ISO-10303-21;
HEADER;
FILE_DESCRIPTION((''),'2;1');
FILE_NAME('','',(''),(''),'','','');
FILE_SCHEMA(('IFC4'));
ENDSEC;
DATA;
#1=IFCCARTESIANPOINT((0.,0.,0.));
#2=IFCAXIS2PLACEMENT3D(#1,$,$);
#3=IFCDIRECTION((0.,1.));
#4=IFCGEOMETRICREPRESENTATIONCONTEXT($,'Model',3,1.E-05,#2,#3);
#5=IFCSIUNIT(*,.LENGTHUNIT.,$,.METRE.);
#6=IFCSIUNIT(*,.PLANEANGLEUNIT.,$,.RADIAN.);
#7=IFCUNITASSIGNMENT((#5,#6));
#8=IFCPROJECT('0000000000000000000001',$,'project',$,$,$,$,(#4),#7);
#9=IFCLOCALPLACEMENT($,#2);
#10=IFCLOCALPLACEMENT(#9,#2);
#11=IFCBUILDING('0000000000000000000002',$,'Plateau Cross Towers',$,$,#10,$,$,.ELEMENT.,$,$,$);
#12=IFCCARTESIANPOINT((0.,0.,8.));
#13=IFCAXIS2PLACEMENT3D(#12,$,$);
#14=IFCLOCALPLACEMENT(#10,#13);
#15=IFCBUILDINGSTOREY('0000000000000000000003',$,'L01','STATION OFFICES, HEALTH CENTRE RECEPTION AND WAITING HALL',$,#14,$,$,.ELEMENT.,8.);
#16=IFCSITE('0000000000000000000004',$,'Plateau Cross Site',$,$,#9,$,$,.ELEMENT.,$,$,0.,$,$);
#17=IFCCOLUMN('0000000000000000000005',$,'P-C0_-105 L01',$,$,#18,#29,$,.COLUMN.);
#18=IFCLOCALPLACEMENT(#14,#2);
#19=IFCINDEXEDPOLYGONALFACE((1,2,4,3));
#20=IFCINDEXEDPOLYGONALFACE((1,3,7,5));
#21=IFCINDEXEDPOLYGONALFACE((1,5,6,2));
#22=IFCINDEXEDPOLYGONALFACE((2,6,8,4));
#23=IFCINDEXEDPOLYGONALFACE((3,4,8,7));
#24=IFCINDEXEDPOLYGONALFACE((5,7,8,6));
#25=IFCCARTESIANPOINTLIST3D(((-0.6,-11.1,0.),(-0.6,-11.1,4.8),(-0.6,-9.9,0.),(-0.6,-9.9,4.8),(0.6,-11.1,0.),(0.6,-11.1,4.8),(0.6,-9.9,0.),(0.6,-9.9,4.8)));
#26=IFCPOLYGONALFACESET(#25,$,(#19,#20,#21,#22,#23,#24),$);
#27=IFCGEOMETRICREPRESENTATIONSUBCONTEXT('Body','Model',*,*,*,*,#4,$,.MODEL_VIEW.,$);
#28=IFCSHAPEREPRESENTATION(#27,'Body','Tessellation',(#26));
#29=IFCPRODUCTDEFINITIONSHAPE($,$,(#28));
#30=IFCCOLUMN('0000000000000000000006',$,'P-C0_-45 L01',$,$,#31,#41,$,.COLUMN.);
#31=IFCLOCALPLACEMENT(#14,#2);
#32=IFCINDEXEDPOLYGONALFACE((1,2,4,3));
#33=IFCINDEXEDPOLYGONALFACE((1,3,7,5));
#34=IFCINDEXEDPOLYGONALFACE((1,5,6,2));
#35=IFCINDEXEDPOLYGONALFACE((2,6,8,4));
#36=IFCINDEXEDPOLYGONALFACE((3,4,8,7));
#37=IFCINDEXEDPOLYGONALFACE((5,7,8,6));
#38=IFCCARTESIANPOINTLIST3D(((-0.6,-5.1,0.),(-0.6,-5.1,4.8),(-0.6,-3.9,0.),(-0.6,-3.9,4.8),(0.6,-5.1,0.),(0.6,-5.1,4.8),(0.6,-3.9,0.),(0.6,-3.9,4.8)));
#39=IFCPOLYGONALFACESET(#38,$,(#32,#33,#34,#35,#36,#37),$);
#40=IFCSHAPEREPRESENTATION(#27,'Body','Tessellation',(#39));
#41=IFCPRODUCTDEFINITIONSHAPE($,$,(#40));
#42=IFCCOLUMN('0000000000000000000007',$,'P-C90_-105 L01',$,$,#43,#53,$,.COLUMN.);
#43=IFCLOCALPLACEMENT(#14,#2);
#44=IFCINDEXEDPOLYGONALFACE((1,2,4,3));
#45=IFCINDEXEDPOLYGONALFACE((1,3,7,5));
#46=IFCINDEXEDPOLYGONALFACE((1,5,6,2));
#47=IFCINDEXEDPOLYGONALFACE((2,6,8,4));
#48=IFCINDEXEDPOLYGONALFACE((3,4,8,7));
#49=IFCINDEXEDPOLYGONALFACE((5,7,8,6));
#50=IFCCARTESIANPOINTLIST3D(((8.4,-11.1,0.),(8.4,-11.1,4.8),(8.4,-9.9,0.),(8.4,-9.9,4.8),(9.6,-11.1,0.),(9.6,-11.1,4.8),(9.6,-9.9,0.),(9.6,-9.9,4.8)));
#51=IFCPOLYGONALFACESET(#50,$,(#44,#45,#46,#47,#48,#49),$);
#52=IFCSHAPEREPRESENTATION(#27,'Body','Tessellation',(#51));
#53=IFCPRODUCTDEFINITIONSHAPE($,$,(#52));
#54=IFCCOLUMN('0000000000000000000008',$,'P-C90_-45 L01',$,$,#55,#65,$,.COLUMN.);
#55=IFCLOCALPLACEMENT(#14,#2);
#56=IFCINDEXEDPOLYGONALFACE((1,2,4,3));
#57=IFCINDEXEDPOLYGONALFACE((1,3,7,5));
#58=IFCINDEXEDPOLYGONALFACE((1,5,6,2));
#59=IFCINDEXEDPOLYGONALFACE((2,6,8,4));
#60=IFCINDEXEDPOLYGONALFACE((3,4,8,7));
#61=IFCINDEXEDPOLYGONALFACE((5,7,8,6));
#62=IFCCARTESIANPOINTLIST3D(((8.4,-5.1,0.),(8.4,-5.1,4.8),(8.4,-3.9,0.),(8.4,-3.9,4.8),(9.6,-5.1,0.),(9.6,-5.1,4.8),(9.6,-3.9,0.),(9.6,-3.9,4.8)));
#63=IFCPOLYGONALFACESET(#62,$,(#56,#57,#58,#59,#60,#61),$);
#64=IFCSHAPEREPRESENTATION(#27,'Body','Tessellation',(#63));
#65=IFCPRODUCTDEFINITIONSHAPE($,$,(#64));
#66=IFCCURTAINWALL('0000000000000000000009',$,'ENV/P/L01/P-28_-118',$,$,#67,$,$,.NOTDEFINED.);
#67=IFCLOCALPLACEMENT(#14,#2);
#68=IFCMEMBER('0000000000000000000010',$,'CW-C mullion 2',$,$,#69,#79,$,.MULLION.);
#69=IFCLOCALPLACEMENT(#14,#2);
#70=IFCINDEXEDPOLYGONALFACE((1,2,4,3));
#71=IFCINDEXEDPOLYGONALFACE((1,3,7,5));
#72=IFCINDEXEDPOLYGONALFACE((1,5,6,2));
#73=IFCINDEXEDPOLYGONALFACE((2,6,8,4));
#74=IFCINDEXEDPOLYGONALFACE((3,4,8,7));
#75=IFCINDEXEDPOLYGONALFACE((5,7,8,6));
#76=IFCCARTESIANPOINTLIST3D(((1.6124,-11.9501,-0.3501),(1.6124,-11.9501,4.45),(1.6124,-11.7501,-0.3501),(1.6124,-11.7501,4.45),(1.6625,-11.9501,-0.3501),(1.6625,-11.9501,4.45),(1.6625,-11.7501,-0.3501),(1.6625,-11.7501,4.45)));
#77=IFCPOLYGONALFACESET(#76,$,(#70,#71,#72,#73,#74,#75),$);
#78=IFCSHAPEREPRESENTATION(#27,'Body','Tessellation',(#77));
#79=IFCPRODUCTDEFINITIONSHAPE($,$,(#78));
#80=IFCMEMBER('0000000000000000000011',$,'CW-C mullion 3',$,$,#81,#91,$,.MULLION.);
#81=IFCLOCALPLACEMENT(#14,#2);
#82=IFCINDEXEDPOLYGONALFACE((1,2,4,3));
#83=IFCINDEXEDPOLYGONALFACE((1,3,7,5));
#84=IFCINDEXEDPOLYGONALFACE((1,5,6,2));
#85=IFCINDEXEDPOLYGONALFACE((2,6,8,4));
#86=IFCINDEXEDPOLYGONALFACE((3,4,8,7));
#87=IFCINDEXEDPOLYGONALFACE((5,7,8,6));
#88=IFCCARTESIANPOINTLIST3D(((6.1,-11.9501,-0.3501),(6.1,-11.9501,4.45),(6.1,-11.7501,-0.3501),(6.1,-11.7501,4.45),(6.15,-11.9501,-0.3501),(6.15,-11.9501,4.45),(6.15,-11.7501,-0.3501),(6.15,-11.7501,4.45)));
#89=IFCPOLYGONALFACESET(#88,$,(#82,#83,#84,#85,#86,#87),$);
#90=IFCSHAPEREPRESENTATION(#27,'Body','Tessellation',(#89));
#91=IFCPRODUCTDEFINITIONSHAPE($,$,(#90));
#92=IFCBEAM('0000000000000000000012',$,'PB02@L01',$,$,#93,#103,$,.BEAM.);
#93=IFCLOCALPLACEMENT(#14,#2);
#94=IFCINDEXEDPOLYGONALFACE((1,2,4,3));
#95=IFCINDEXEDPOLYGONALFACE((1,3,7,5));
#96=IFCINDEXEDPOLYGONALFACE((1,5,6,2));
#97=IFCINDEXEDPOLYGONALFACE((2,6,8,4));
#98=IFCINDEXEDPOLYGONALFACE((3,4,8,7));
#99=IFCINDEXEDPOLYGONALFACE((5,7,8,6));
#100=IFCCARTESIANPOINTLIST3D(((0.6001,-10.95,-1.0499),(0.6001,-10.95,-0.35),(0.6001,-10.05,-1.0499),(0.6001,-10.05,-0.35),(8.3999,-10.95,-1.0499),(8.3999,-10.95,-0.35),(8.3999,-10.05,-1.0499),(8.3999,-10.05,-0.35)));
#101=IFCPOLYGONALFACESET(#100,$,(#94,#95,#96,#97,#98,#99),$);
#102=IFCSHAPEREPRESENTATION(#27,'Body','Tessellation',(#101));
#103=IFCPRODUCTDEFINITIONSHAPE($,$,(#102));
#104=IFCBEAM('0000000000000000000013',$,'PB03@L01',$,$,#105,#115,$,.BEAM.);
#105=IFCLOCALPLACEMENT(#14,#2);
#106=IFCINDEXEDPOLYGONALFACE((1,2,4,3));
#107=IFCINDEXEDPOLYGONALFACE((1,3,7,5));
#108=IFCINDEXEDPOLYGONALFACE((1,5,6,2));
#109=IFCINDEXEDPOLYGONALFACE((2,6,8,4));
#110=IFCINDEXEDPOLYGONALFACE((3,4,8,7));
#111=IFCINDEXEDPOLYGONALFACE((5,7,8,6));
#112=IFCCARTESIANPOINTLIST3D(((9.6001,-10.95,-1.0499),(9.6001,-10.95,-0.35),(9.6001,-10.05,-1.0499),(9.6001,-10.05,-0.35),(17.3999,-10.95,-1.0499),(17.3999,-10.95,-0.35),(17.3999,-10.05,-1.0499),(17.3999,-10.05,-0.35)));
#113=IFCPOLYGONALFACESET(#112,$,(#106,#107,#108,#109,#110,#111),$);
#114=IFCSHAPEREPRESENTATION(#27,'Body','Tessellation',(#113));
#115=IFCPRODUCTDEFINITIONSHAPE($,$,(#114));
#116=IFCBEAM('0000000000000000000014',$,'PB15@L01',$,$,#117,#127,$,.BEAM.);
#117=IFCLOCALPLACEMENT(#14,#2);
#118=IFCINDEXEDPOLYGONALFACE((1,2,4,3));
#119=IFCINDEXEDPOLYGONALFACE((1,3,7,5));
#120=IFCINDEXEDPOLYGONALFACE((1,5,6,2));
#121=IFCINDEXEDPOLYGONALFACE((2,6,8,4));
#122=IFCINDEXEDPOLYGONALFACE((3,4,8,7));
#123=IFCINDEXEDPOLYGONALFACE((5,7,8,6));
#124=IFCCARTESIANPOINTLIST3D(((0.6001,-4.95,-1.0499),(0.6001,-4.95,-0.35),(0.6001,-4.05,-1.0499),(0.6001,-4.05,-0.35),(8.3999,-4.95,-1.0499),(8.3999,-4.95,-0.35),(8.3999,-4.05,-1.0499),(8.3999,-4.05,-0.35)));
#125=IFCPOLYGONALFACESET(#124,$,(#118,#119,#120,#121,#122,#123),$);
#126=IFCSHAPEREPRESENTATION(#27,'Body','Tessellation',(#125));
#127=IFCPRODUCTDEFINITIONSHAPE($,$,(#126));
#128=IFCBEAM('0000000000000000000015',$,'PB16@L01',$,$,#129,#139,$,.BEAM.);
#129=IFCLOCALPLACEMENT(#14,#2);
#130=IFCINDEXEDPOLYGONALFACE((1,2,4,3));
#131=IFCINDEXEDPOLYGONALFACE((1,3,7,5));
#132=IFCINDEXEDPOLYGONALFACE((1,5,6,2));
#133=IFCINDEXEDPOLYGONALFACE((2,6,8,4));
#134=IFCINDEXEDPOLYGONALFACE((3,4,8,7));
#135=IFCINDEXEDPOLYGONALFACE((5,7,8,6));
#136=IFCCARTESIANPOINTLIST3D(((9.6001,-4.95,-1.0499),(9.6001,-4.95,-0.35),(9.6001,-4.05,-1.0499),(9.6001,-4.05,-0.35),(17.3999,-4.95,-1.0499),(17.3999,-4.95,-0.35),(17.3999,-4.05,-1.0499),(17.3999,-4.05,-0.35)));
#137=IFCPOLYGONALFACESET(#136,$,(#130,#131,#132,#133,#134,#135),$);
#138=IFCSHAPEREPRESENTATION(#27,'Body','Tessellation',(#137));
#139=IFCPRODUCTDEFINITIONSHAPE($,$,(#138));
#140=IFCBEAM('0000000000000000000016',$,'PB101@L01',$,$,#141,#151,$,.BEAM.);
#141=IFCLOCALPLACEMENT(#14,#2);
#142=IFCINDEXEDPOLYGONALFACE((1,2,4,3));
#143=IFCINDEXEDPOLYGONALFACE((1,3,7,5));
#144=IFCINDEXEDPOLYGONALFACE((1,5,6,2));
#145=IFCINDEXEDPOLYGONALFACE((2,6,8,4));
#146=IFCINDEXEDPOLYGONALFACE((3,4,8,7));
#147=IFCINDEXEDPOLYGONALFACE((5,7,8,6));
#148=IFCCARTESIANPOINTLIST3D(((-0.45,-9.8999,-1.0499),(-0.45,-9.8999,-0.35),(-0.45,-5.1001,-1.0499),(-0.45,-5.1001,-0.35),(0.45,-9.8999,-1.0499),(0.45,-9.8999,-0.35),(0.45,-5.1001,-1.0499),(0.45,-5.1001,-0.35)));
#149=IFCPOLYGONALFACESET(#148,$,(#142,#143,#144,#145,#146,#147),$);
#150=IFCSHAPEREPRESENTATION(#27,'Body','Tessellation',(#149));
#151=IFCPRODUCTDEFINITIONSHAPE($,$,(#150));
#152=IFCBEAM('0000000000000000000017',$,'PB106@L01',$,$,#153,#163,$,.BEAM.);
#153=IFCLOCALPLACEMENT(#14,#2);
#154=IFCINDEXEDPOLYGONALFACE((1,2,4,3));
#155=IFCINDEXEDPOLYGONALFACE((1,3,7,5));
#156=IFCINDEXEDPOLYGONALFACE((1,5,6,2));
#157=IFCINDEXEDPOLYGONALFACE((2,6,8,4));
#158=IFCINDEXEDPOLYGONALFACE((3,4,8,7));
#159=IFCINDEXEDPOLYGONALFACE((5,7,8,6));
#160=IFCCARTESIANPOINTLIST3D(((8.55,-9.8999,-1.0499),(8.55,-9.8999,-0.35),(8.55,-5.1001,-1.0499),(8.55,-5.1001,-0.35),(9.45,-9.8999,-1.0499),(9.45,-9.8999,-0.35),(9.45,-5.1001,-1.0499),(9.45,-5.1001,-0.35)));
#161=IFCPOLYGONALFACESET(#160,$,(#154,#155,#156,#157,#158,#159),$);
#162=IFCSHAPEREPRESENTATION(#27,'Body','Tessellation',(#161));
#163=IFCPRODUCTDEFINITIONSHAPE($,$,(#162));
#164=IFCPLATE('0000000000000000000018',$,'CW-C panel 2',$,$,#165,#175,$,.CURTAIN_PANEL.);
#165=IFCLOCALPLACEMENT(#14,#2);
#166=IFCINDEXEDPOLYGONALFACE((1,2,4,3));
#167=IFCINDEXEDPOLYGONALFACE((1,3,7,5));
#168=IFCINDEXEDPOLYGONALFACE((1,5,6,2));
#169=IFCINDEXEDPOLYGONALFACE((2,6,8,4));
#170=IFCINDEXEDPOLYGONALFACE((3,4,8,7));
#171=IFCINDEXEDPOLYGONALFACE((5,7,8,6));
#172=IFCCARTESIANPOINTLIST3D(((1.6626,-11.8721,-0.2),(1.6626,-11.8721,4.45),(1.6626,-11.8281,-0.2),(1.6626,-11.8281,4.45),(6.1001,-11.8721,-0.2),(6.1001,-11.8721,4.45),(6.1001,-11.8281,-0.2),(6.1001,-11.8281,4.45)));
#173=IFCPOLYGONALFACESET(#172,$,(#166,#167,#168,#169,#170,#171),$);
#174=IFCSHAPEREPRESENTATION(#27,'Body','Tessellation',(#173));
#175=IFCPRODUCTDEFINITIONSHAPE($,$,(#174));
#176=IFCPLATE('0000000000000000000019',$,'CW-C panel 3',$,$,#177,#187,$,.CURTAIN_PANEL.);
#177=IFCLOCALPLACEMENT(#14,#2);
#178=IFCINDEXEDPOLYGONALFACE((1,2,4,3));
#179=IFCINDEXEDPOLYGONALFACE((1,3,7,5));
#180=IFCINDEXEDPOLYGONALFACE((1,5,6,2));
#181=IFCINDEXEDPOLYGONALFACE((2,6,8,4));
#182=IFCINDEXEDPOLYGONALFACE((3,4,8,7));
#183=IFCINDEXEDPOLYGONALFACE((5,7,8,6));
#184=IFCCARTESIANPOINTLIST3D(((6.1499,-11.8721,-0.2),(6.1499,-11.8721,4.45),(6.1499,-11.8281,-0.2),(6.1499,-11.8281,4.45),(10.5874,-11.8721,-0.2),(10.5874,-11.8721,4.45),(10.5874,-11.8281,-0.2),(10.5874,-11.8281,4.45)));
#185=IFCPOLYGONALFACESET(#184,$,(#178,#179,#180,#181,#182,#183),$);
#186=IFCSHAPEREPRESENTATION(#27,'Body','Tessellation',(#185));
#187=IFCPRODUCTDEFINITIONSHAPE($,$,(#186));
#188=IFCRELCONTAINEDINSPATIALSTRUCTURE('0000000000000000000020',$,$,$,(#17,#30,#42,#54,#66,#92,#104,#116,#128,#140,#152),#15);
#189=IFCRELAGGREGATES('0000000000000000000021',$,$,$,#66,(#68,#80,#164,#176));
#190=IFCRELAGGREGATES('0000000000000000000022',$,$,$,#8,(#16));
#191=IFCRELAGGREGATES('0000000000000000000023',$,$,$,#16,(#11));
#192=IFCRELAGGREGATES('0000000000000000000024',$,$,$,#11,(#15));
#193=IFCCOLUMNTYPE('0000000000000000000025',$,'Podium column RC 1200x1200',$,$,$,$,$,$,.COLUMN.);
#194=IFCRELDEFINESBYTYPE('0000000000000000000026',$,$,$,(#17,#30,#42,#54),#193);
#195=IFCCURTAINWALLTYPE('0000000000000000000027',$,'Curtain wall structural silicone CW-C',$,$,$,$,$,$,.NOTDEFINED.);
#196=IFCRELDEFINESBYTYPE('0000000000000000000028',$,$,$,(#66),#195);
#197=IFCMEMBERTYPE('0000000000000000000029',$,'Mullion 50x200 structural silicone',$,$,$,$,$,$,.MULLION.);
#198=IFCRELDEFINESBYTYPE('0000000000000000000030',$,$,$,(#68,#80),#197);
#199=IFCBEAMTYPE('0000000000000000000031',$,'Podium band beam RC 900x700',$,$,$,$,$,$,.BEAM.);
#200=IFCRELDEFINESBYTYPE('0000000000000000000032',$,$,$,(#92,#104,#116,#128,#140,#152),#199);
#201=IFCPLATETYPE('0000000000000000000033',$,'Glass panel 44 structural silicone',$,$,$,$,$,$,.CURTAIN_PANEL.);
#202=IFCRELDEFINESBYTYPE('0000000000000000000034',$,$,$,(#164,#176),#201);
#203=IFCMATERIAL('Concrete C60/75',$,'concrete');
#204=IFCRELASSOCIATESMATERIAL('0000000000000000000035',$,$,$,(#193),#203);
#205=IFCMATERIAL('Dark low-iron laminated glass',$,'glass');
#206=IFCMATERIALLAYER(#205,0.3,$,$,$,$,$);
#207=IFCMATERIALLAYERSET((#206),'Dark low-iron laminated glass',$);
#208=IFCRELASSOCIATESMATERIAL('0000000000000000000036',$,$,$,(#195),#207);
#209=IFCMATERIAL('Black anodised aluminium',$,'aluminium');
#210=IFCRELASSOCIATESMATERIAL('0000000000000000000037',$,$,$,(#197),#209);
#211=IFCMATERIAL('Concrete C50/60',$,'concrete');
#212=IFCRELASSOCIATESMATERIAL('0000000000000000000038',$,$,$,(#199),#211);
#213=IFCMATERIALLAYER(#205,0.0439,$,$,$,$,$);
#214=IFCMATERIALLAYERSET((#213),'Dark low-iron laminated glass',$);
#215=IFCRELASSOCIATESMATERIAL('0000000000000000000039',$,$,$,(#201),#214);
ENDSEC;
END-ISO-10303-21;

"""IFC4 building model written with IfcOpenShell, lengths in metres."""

from ifc_helpers import new_model, si_unit, direction, frame, origin, origin_2d, place, context, subcontext, project, spatial, rectangle, extrude, material, layer, layer_set, material_profile, profile_set, type_object, element, aggregate, save


model = new_model("IFC4")

# Units and contexts
model_context = context("Model", 3, precision=1e-05, world=origin(), true_north=direction((0.0, 1.0)))
body_context = subcontext(model_context, "Body", "Model", "MODEL_VIEW")
ifc_project = project(units=[si_unit("LENGTHUNIT", "METRE"), si_unit("PLANEANGLEUNIT", "RADIAN")], contexts=[model_context])

# Site, building, storey
site_placement = place(None, origin())
site = spatial("IfcSite", under=ifc_project, at=site_placement, Name="Plateau Cross Site", CompositionType="ELEMENT", RefElevation=0.0)
building_placement = place(site_placement, origin())
building = spatial("IfcBuilding", under=site, at=building_placement, Name="Plateau Cross Towers", CompositionType="ELEMENT")
storey_placement = place(building_placement, frame((0.0, 0.0, 8.0)))
storey = spatial("IfcBuildingStorey", under=building, at=storey_placement, Name="L01", Description="STATION OFFICES, HEALTH CENTRE RECEPTION AND WAITING HALL", CompositionType="ELEMENT", Elevation=8.0)

# Columns
ifc_material_1 = material(Name="Concrete C60/75", Category="concrete")
ifc_material_profile_1 = material_profile(ifc_material_1, rectangle(XDim=1.2, YDim=1.2, at=origin_2d()), Name="RC 1200x1200")
ifc_profile_set_1 = profile_set([ifc_material_profile_1], Name="Concrete C60/75")
column_type = type_object("IfcColumnType", Name="Podium column RC 1200x1200", PredefinedType="COLUMN", material=ifc_profile_set_1)
for number, where, z_axis, x_axis, name in (
    (1, (0.0, -10.5, 0.0), (0.0, 0.0, 1.0), (1.0, 0.0, 0.0), "P-C0_-105 L01"),
    (2, (0.0, -4.5, 0.0), (0.0, 0.0, 1.0), (1.0, 0.0, 0.0), "P-C0_-45 L01"),
    (3, (9.0, -10.5, 0.0), (0.0, 0.0, 1.0), (1.0, 0.0, 0.0), "P-C90_-105 L01"),
    (4, (9.0, -4.5, 0.0), (0.0, 0.0, 1.0), (1.0, 0.0, 0.0), "P-C90_-45 L01"),
):
    element("IfcColumn", number, at=place(storey_placement, frame(where, z_axis=z_axis, x_axis=x_axis)), inside=storey, type_object=column_type, Name=name, PredefinedType="COLUMN", context=body_context, shape_type="SweptSolid", body=[
        extrude(rectangle(XDim=1.2, YDim=1.2, at=origin_2d()), origin(), (0.0, 0.0, 1.0), 4.8),
    ])

# Curtain wall, members
ifc_material_2 = material(Name="Dark low-iron laminated glass", Category="glass")
ifc_layer_1 = layer(ifc_material_2, 0.3)
ifc_layer_set_1 = layer_set([ifc_layer_1], Name="Dark low-iron laminated glass")
curtain_wall_type = type_object("IfcCurtainWallType", Name="Curtain wall structural silicone CW-C", PredefinedType="NOTDEFINED", material=ifc_layer_set_1)
curtain_wall_placement = place(storey_placement, origin())
curtain_wall = element("IfcCurtainWall", 5, at=curtain_wall_placement, inside=storey, type_object=curtain_wall_type, Name="ENV/P/L01/P-28_-118", PredefinedType="NOTDEFINED")
ifc_material_3 = material(Name="Black anodised aluminium", Category="aluminium")
ifc_material_profile_2 = material_profile(ifc_material_3, rectangle(XDim=0.05, YDim=0.2, at=origin_2d()), Name="MULLION 50x200")
ifc_profile_set_2 = profile_set([ifc_material_profile_2], Name="Black anodised aluminium")
member_type = type_object("IfcMemberType", Name="Mullion 50x200 structural silicone", PredefinedType="MULLION", material=ifc_profile_set_2)
member_1_placement = place(storey_placement, frame((1.6375, -11.8501, -0.3501), z_axis=(0.0, 0.0, 1.0), x_axis=(1.0, 0.0, 0.0)))
member_1 = element("IfcMember", 6, at=member_1_placement, type_object=member_type, Name="CW-C mullion 2", PredefinedType="MULLION", context=body_context, shape_type="SweptSolid", body=[
    extrude(rectangle(XDim=0.05, YDim=0.2, at=origin_2d()), origin(), (0.0, 0.0, 1.0), 4.8),
])
member_2_placement = place(storey_placement, frame((6.125, -11.8501, -0.3501), z_axis=(0.0, 0.0, 1.0), x_axis=(1.0, 0.0, 0.0)))
member_2 = element("IfcMember", 7, at=member_2_placement, type_object=member_type, Name="CW-C mullion 3", PredefinedType="MULLION", context=body_context, shape_type="SweptSolid", body=[
    extrude(rectangle(XDim=0.05, YDim=0.2, at=origin_2d()), origin(), (0.0, 0.0, 1.0), 4.8),
])

# Beams
ifc_material_4 = material(Name="Concrete C50/60", Category="concrete")
ifc_material_profile_3 = material_profile(ifc_material_4, rectangle(XDim=0.8999, YDim=0.7, at=origin_2d()), Name="RC 900x700")
ifc_profile_set_3 = profile_set([ifc_material_profile_3], Name="Concrete C50/60")
beam_type = type_object("IfcBeamType", Name="Podium band beam RC 900x700", PredefinedType="BEAM", material=ifc_profile_set_3)
for number, where, z_axis, x_axis, name in (
    (8, (0.6001, -10.5, -0.7), (1.0, 0.0, 0.0), (0.0, 1.0, 0.0), "PB02@L01"),
    (9, (9.6001, -10.5, -0.7), (1.0, 0.0, 0.0), (0.0, 1.0, 0.0), "PB03@L01"),
    (10, (0.6001, -4.5, -0.7), (1.0, 0.0, 0.0), (0.0, 1.0, 0.0), "PB15@L01"),
    (11, (9.6001, -4.5, -0.7), (1.0, 0.0, 0.0), (0.0, 1.0, 0.0), "PB16@L01"),
):
    element("IfcBeam", number, at=place(storey_placement, frame(where, z_axis=z_axis, x_axis=x_axis)), inside=storey, type_object=beam_type, Name=name, PredefinedType="BEAM", context=body_context, shape_type="SweptSolid", body=[
        extrude(rectangle(XDim=0.8999, YDim=0.7, at=origin_2d()), origin(), (0.0, 0.0, 1.0), 7.7998),
    ])
for number, where, z_axis, x_axis, name in (
    (12, (0.0, -9.8999, -0.7), (0.0, 1.0, 0.0), (-1.0, 0.0, 0.0), "PB101@L01"),
    (13, (9.0, -9.8999, -0.7), (0.0, 1.0, 0.0), (-1.0, 0.0, 0.0), "PB106@L01"),
):
    element("IfcBeam", number, at=place(storey_placement, frame(where, z_axis=z_axis, x_axis=x_axis)), inside=storey, type_object=beam_type, Name=name, PredefinedType="BEAM", context=body_context, shape_type="SweptSolid", body=[
        extrude(rectangle(XDim=0.8999, YDim=0.7, at=origin_2d()), origin(), (0.0, 0.0, 1.0), 4.7998),
    ])

# Plates
ifc_layer_2 = layer(ifc_material_2, 0.0439)
ifc_layer_set_2 = layer_set([ifc_layer_2], Name="Dark low-iron laminated glass")
plate_type = type_object("IfcPlateType", Name="Glass panel 44 structural silicone", PredefinedType="CURTAIN_PANEL", material=ifc_layer_set_2)
plate_1_placement = place(storey_placement, frame((3.8813, -11.8501, -0.2), z_axis=(0.0, 0.0, 1.0), x_axis=(1.0, 0.0, 0.0)))
plate_1 = element("IfcPlate", 14, at=plate_1_placement, type_object=plate_type, Name="CW-C panel 2", PredefinedType="CURTAIN_PANEL", context=body_context, shape_type="SweptSolid", body=[
    extrude(rectangle(XDim=4.4375, YDim=0.0439, at=origin_2d()), origin(), (0.0, 0.0, 1.0), 4.6499),
])
plate_2_placement = place(storey_placement, frame((8.3687, -11.8501, -0.2), z_axis=(0.0, 0.0, 1.0), x_axis=(1.0, 0.0, 0.0)))
plate_2 = element("IfcPlate", 15, at=plate_2_placement, type_object=plate_type, Name="CW-C panel 3", PredefinedType="CURTAIN_PANEL", context=body_context, shape_type="SweptSolid", body=[
    extrude(rectangle(XDim=4.4375, YDim=0.0439, at=origin_2d()), origin(), (0.0, 0.0, 1.0), 4.6499),
])
aggregate(curtain_wall, [member_1, member_2, plate_1, plate_2])

save(model, "model.ifc")
